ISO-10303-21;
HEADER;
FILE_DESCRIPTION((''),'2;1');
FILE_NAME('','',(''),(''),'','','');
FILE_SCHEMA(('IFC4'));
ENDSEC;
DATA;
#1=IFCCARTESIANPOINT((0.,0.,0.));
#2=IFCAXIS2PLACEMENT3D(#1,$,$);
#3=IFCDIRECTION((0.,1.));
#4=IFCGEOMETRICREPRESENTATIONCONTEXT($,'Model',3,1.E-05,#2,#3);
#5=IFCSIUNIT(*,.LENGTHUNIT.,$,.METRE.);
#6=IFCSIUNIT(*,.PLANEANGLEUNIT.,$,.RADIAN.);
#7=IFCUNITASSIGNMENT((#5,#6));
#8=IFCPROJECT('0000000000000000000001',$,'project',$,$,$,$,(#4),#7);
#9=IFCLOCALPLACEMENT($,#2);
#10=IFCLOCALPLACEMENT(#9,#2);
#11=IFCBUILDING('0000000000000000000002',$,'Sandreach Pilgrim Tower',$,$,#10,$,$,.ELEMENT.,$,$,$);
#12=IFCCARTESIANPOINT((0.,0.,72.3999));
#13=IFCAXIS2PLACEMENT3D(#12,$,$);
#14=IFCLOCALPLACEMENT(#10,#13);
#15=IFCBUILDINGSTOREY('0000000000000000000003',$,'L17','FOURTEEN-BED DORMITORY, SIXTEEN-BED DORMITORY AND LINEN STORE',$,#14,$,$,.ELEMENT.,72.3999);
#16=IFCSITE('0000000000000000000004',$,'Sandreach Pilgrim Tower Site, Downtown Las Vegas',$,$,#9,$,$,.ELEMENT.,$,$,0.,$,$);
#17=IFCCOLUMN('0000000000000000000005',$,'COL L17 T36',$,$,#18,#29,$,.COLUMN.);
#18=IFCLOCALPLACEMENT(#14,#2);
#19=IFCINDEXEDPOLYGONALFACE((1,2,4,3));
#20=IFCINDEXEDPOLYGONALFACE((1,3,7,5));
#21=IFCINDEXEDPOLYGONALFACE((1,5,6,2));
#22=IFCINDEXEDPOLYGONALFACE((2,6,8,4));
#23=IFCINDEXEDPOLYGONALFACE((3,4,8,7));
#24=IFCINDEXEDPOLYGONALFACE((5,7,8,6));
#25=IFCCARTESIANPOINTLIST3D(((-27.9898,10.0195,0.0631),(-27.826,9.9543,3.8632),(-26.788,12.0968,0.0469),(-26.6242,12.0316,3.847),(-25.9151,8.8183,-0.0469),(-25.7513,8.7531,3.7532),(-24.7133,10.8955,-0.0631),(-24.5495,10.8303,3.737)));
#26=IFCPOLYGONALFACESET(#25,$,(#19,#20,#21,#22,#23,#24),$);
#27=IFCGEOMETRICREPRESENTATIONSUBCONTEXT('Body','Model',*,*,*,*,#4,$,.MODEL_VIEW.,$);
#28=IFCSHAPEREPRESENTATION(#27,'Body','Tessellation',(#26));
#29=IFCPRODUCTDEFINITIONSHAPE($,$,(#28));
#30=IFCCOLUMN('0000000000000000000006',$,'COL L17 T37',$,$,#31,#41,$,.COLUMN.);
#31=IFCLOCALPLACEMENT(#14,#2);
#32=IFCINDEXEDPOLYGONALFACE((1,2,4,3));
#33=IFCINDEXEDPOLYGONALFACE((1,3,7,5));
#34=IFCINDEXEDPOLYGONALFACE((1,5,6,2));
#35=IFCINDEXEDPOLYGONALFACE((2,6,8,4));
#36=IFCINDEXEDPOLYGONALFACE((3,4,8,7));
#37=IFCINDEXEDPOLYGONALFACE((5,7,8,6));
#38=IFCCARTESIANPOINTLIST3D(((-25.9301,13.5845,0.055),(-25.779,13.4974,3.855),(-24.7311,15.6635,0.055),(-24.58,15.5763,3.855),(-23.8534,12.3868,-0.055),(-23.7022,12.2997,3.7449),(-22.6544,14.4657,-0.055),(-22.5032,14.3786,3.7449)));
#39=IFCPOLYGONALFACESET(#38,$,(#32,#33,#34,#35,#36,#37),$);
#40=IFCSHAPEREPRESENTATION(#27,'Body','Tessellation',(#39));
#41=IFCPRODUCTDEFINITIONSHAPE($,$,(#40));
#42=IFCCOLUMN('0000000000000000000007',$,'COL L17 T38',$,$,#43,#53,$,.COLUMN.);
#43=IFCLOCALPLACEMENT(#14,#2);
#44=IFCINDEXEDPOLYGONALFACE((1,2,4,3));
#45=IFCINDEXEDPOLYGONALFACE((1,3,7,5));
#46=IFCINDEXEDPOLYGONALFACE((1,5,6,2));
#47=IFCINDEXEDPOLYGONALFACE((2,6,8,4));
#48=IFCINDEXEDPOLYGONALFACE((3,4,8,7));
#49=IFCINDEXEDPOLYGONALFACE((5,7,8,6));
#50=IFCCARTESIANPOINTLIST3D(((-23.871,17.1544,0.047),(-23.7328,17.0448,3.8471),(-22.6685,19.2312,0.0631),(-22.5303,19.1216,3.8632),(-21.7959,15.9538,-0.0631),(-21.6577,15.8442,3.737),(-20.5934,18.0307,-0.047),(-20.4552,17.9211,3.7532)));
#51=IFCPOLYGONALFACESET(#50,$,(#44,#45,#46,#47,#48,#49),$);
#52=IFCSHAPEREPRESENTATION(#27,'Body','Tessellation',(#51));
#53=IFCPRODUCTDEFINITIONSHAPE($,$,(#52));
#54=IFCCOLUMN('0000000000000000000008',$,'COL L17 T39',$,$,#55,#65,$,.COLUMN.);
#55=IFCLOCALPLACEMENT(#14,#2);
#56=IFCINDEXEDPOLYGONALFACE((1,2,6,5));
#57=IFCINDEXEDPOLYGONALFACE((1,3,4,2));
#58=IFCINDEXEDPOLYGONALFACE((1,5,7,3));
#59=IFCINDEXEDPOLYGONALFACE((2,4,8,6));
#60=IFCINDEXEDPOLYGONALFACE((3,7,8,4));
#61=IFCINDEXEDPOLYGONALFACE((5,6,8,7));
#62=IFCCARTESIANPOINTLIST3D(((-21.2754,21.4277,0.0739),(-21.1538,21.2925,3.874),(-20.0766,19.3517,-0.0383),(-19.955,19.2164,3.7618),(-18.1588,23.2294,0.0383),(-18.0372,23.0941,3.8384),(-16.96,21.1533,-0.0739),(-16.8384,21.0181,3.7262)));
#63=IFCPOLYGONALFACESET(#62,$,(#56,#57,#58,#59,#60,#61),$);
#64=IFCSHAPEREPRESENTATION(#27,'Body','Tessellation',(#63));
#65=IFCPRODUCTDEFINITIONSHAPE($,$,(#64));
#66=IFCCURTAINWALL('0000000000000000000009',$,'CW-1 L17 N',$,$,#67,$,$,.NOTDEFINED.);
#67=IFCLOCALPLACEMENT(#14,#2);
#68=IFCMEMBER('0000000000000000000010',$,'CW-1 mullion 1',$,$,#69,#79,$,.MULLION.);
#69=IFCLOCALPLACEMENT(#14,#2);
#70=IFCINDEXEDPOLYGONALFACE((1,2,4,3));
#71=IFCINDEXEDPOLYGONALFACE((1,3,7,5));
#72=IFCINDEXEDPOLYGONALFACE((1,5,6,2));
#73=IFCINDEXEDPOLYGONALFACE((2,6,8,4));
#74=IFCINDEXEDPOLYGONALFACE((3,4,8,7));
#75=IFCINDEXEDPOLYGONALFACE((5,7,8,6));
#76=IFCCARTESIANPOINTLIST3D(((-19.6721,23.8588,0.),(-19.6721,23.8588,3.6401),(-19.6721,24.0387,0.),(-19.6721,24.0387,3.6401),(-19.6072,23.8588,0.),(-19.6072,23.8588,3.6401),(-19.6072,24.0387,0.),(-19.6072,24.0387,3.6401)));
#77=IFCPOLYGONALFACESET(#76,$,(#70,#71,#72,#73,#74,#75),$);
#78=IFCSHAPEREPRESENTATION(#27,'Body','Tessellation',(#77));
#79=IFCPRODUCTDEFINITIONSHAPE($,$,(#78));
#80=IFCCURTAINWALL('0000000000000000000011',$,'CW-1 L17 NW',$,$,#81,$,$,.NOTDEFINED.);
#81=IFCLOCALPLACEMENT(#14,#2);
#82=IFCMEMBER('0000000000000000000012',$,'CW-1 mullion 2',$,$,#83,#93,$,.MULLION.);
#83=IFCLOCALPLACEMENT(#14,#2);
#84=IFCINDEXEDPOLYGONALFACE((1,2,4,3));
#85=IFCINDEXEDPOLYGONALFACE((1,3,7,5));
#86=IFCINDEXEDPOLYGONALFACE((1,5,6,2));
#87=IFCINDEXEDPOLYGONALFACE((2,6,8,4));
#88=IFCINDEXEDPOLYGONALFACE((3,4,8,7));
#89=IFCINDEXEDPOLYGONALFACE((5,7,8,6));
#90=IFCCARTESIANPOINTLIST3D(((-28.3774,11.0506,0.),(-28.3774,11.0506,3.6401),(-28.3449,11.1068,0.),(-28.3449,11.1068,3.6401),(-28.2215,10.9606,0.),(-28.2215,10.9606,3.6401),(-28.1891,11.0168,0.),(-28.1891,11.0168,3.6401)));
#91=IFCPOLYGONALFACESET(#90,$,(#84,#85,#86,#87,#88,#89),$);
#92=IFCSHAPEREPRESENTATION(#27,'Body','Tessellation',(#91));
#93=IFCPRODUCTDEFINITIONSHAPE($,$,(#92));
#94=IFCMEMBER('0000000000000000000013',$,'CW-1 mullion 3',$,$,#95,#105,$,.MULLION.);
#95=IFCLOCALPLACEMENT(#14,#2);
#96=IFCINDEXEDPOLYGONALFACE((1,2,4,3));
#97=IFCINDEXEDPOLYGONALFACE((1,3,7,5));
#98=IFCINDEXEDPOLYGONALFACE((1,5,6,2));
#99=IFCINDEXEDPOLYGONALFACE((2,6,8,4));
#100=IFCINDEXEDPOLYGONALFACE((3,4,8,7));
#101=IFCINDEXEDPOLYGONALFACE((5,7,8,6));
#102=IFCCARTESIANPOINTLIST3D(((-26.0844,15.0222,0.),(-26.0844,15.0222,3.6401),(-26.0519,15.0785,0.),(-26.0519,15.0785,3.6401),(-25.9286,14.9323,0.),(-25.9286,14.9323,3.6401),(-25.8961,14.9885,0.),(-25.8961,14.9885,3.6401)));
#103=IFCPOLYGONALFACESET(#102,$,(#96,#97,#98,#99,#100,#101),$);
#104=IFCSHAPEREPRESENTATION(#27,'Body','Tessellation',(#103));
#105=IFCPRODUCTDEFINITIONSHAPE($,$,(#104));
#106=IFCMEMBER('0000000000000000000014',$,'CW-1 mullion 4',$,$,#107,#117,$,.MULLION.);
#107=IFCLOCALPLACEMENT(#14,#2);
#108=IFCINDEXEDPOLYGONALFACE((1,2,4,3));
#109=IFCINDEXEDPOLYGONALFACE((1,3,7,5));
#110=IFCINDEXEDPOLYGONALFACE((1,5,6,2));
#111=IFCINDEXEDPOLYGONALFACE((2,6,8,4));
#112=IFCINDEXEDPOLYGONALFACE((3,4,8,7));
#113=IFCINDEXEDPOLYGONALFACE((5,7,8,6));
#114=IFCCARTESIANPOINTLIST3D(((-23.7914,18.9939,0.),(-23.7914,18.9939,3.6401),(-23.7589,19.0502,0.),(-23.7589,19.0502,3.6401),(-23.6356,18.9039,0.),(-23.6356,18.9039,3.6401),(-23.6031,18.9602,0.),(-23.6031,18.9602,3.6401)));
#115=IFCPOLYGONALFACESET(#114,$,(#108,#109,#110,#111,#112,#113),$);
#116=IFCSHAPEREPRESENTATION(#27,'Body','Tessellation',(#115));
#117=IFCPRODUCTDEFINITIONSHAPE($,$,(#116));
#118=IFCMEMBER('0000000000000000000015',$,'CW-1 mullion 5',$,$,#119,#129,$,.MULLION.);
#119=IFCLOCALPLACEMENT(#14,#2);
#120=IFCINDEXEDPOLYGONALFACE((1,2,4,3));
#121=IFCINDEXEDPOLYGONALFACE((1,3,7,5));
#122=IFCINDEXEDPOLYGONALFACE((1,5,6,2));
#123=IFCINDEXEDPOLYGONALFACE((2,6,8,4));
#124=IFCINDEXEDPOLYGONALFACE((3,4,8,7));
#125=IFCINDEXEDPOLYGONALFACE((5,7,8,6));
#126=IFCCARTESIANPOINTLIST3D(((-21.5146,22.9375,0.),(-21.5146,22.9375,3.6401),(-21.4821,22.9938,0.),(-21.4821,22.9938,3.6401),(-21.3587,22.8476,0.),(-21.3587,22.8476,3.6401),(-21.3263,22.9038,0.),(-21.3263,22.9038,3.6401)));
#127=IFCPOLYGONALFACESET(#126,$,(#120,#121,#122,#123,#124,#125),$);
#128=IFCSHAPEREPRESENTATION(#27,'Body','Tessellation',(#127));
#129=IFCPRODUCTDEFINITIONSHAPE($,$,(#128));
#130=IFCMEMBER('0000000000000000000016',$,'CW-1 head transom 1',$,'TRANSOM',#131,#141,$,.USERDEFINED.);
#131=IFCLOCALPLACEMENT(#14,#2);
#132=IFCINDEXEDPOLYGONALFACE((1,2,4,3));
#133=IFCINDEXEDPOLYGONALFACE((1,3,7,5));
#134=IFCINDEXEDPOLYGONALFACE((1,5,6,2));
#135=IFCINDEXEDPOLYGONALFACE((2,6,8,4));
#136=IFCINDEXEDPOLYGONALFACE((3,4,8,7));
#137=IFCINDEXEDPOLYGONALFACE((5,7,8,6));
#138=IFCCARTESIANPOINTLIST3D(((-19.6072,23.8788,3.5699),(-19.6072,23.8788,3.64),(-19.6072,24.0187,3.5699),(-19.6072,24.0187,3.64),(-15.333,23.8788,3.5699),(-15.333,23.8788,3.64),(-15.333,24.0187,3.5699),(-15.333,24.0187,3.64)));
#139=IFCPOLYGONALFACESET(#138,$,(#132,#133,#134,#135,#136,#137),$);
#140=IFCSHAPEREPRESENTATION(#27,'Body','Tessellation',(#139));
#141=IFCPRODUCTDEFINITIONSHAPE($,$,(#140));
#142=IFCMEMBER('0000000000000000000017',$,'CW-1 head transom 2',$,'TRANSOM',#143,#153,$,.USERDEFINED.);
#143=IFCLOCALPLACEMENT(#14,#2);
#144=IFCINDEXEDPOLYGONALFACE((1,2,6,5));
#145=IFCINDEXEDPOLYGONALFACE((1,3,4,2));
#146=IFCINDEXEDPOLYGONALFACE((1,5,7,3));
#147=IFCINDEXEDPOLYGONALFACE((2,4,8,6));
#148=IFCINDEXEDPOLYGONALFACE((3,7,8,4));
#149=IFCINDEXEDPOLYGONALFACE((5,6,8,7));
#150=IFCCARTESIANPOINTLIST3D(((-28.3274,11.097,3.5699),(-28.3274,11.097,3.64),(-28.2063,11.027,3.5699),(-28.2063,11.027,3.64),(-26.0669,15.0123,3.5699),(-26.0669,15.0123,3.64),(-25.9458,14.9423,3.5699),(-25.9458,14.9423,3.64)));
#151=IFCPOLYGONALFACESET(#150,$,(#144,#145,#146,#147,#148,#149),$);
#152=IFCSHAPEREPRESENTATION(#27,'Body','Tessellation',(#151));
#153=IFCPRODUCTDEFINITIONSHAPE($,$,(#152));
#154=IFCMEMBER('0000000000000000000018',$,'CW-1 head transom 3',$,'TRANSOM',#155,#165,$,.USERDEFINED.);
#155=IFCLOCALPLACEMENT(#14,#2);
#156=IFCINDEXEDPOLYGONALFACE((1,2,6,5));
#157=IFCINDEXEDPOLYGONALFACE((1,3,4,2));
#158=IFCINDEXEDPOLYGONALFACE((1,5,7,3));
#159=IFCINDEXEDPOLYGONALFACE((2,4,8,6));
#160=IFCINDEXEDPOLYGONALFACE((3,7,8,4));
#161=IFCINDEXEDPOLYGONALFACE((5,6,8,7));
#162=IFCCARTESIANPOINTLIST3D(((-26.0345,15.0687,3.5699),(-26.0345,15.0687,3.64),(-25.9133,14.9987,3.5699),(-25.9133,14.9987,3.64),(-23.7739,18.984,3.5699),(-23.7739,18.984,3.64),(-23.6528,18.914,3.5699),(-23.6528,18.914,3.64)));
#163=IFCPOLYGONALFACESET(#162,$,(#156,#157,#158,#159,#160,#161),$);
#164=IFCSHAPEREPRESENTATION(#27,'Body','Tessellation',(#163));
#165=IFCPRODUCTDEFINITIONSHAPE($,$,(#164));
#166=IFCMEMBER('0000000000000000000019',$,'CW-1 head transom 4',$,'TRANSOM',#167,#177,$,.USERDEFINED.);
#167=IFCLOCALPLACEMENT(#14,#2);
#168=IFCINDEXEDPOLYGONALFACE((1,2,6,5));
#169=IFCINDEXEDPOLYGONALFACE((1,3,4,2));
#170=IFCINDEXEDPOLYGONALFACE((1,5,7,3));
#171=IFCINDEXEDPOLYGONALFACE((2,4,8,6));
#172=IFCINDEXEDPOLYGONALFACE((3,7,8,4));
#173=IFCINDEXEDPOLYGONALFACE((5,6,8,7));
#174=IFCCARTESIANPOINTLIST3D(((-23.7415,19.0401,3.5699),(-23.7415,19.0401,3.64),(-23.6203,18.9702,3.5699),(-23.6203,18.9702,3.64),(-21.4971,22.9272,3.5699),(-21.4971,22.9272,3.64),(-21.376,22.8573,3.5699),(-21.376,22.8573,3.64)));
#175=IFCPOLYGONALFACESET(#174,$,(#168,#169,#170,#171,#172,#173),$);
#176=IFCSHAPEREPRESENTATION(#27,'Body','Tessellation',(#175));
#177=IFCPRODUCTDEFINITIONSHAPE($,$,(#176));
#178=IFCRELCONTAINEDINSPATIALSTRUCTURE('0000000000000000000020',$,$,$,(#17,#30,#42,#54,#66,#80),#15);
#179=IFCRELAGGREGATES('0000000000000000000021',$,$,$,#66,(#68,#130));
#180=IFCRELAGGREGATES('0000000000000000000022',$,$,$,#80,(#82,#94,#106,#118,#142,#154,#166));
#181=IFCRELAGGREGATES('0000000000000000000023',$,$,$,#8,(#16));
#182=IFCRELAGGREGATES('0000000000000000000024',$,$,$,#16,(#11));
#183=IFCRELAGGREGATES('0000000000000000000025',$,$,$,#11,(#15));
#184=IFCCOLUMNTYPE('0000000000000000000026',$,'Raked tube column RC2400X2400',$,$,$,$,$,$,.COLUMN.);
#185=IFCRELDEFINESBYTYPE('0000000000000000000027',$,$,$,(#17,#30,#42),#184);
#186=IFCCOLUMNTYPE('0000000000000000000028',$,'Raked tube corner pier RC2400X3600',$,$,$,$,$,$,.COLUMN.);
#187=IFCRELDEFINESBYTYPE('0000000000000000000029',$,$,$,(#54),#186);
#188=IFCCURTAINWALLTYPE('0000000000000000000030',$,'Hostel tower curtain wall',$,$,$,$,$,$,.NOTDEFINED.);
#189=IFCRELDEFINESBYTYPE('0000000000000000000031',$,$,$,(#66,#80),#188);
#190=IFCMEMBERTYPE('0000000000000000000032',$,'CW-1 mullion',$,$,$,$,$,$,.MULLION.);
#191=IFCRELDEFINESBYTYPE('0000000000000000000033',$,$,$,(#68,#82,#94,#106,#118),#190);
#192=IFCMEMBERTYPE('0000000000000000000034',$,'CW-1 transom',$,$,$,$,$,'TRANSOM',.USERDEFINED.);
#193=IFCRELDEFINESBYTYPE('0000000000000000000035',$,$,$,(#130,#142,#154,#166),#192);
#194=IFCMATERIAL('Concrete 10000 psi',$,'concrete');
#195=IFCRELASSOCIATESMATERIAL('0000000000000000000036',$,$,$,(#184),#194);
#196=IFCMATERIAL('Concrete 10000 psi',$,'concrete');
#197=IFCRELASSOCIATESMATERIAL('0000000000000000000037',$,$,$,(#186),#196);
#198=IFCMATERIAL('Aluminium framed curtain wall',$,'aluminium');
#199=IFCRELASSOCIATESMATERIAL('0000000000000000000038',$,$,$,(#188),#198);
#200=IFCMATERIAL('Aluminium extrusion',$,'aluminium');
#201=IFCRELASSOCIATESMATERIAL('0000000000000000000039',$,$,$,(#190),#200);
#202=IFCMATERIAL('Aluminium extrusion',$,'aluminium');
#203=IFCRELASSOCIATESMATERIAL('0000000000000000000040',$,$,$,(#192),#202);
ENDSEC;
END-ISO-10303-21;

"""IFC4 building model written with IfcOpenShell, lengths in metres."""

from ifc_helpers import new_model, si_unit, direction, frame, origin, origin_2d, place, context, subcontext, project, spatial, rectangle, extrude, material, material_profile, profile_set, type_object, element, aggregate, save


model = new_model("IFC4")

# Units and contexts
model_context = context("Model", 3, precision=1e-05, world=origin(), true_north=direction((0.0, 1.0)))
body_context = subcontext(model_context, "Body", "Model", "MODEL_VIEW")
ifc_project = project(units=[si_unit("LENGTHUNIT", "METRE"), si_unit("PLANEANGLEUNIT", "RADIAN")], contexts=[model_context])

# Site, building, storey
site_placement = place(None, origin())
site = spatial("IfcSite", under=ifc_project, at=site_placement, Name="Sandreach Pilgrim Tower Site, Downtown Las Vegas", CompositionType="ELEMENT", RefElevation=0.0)
building_placement = place(site_placement, origin())
building = spatial("IfcBuilding", under=site, at=building_placement, Name="Sandreach Pilgrim Tower", CompositionType="ELEMENT")
storey_placement = place(building_placement, frame((0.0, 0.0, 72.3999)))
storey = spatial("IfcBuildingStorey", under=building, at=storey_placement, Name="L17", Description="FOURTEEN-BED DORMITORY, SIXTEEN-BED DORMITORY AND LINEN STORE", CompositionType="ELEMENT", Elevation=72.3999)

# Columns
ifc_material_1 = material(Name="Concrete 10000 psi", Category="concrete")
ifc_material_profile_1 = material_profile(ifc_material_1, rectangle(XDim=2.3999, YDim=2.3999, at=origin_2d()), Name="RC2400X2400")
ifc_profile_set_1 = profile_set([ifc_material_profile_1], Name="Concrete 10000 psi")
column_type_1 = type_object("IfcColumnType", Name="Raked tube column RC2400X2400", PredefinedType="COLUMN", material=ifc_profile_set_1)
column_1_placement = place(storey_placement, frame((-26.3516, 10.4575, 0.0), z_axis=(0.043063, -0.017135, 0.998925), x_axis=(-0.864498, 0.500541, 0.045854)))
element("IfcColumn", 1, at=column_1_placement, inside=storey, type_object=column_type_1, Name="COL L17 T36", PredefinedType="COLUMN", context=body_context, shape_type="SweptSolid", body=[
    extrude(rectangle(XDim=2.3999, YDim=2.3999, at=origin_2d()), origin(), (0.0, 0.0, 1.0), 3.8042),
])
column_2_placement = place(storey_placement, frame((-24.2922, 14.0251, 0.0), z_axis=(0.039727, -0.022912, 0.998948), x_axis=(-0.865344, 0.499076, 0.04586)))
element("IfcColumn", 2, at=column_2_placement, inside=storey, type_object=column_type_1, Name="COL L17 T37", PredefinedType="COLUMN", context=body_context, shape_type="SweptSolid", body=[
    extrude(rectangle(XDim=2.3999, YDim=2.3999, at=origin_2d()), origin(), (0.0, 0.0, 1.0), 3.804),
])
column_3_placement = place(storey_placement, frame((-22.2322, 17.5925, 0.0), z_axis=(0.036325, -0.028816, 0.998925), x_axis=(-0.864659, 0.50026, 0.045873)))
element("IfcColumn", 3, at=column_3_placement, inside=storey, type_object=column_type_1, Name="COL L17 T38", PredefinedType="COLUMN", context=body_context, shape_type="SweptSolid", body=[
    extrude(rectangle(XDim=2.3999, YDim=2.3999, at=origin_2d()), origin(), (0.0, 0.0, 1.0), 3.8042),
])
ifc_material_2 = material(Name="Concrete 10000 psi", Category="concrete")
ifc_material_profile_2 = material_profile(ifc_material_2, rectangle(XDim=2.3999, YDim=3.6001, at=origin_2d()), Name="RC2400X3600")
ifc_profile_set_2 = profile_set([ifc_material_profile_2], Name="Concrete 10000 psi")
column_type_2 = type_object("IfcColumnType", Name="Raked tube corner pier RC2400X3600", PredefinedType="COLUMN", material=ifc_profile_set_2)
column_4_placement = place(storey_placement, frame((-19.1177, 21.2905, 0.0), z_axis=(0.031958, -0.035552, 0.998857), x_axis=(-0.49952, 0.865039, 0.046771)))
element("IfcColumn", 4, at=column_4_placement, inside=storey, type_object=column_type_2, Name="COL L17 T39", PredefinedType="COLUMN", context=body_context, shape_type="SweptSolid", body=[
    extrude(rectangle(XDim=2.3999, YDim=3.6001, at=origin_2d()), origin(), (0.0, 0.0, 1.0), 3.8044),
])

# Curtain wall, member
ifc_material_3 = material(Name="Aluminium framed curtain wall", Category="aluminium")
curtain_wall_type = type_object("IfcCurtainWallType", Name="Hostel tower curtain wall", PredefinedType="NOTDEFINED", material=ifc_material_3)
curtain_wall_1_placement = place(storey_placement, origin())
curtain_wall_1 = element("IfcCurtainWall", 5, at=curtain_wall_1_placement, inside=storey, type_object=curtain_wall_type, Name="CW-1 L17 N", PredefinedType="NOTDEFINED")
ifc_material_4 = material(Name="Aluminium extrusion", Category="aluminium")
ifc_material_profile_3 = material_profile(ifc_material_4, rectangle(XDim=0.0649, YDim=0.1799, at=origin_2d()), Name="CW-1M 65X180")
ifc_profile_set_3 = profile_set([ifc_material_profile_3], Name="Aluminium extrusion")
member_type_1 = type_object("IfcMemberType", Name="CW-1 mullion", PredefinedType="MULLION", material=ifc_profile_set_3)
member_1_placement = place(storey_placement, frame((-19.6396, 23.9487, 0.0), z_axis=(0.0, 0.0, 1.0), x_axis=(1.0, 0.0, 0.0)))
member_1 = element("IfcMember", 6, at=member_1_placement, type_object=member_type_1, Name="CW-1 mullion 1", PredefinedType="MULLION", context=body_context, shape_type="SweptSolid", body=[
    extrude(rectangle(XDim=0.0649, YDim=0.1799, at=origin_2d()), origin(), (0.0, 0.0, 1.0), 3.6401),
])

# Curtain wall, members
curtain_wall_2_placement = place(storey_placement, origin())
curtain_wall_2 = element("IfcCurtainWall", 7, at=curtain_wall_2_placement, inside=storey, type_object=curtain_wall_type, Name="CW-1 L17 NW", PredefinedType="NOTDEFINED")
member_2_placement = place(storey_placement, frame((-28.2832, 11.0337, 0.0), z_axis=(0.0, 0.0, 1.0), x_axis=(0.5, 0.866025, 0.0)))
member_2 = element("IfcMember", 8, at=member_2_placement, type_object=member_type_1, Name="CW-1 mullion 2", PredefinedType="MULLION", context=body_context, shape_type="SweptSolid", body=[
    extrude(rectangle(XDim=0.0649, YDim=0.1799, at=origin_2d()), origin(), (0.0, 0.0, 1.0), 3.6401),
])
member_3_placement = place(storey_placement, frame((-25.9902, 15.0054, 0.0), z_axis=(0.0, 0.0, 1.0), x_axis=(0.5, 0.866025, 0.0)))
member_3 = element("IfcMember", 9, at=member_3_placement, type_object=member_type_1, Name="CW-1 mullion 3", PredefinedType="MULLION", context=body_context, shape_type="SweptSolid", body=[
    extrude(rectangle(XDim=0.0649, YDim=0.1799, at=origin_2d()), origin(), (0.0, 0.0, 1.0), 3.6401),
])
member_4_placement = place(storey_placement, frame((-23.6973, 18.9771, 0.0), z_axis=(0.0, 0.0, 1.0), x_axis=(0.5, 0.866025, 0.0)))
member_4 = element("IfcMember", 10, at=member_4_placement, type_object=member_type_1, Name="CW-1 mullion 4", PredefinedType="MULLION", context=body_context, shape_type="SweptSolid", body=[
    extrude(rectangle(XDim=0.0649, YDim=0.1799, at=origin_2d()), origin(), (0.0, 0.0, 1.0), 3.6401),
])
member_5_placement = place(storey_placement, frame((-21.4204, 22.9207, 0.0), z_axis=(0.0, 0.0, 1.0), x_axis=(0.5, 0.866025, 0.0)))
member_5 = element("IfcMember", 11, at=member_5_placement, type_object=member_type_1, Name="CW-1 mullion 5", PredefinedType="MULLION", context=body_context, shape_type="SweptSolid", body=[
    extrude(rectangle(XDim=0.0649, YDim=0.1799, at=origin_2d()), origin(), (0.0, 0.0, 1.0), 3.6401),
])

# Members
ifc_material_5 = material(Name="Aluminium extrusion", Category="aluminium")
ifc_material_profile_4 = material_profile(ifc_material_5, rectangle(XDim=0.1399, YDim=0.0701, at=origin_2d()), Name="CW-1T 140X70")
ifc_profile_set_4 = profile_set([ifc_material_profile_4], Name="Aluminium extrusion")
member_type_2 = type_object("IfcMemberType", Name="CW-1 transom", ElementType="TRANSOM", PredefinedType="USERDEFINED", material=ifc_profile_set_4)
member_6_placement = place(storey_placement, frame((-19.6072, 23.9487, 3.605), z_axis=(1.0, 0.0, 0.0), x_axis=(0.0, 1.0, 0.0)))
member_6 = element("IfcMember", 12, at=member_6_placement, type_object=member_type_2, Name="CW-1 head transom 1", ObjectType="TRANSOM", PredefinedType="USERDEFINED", context=body_context, shape_type="SweptSolid", body=[
    extrude(rectangle(XDim=0.1399, YDim=0.0701, at=origin_2d()), origin(), (0.0, 0.0, 1.0), 4.2742),
])
aggregate(curtain_wall_1, [member_1, member_6])
member_7_placement = place(storey_placement, frame((-28.2668, 11.062, 3.605), z_axis=(0.500001, 0.866025, 0.0), x_axis=(-0.866025, 0.500001, 0.0)))
member_7 = element("IfcMember", 13, at=member_7_placement, type_object=member_type_2, Name="CW-1 head transom 2", ObjectType="TRANSOM", PredefinedType="USERDEFINED", context=body_context, shape_type="SweptSolid", body=[
    extrude(rectangle(XDim=0.1399, YDim=0.0701, at=origin_2d()), origin(), (0.0, 0.0, 1.0), 4.521),
])
member_8_placement = place(storey_placement, frame((-25.9739, 15.0337, 3.605), z_axis=(0.500001, 0.866025, 0.0), x_axis=(-0.866025, 0.500001, 0.0)))
member_8 = element("IfcMember", 14, at=member_8_placement, type_object=member_type_2, Name="CW-1 head transom 3", ObjectType="TRANSOM", PredefinedType="USERDEFINED", context=body_context, shape_type="SweptSolid", body=[
    extrude(rectangle(XDim=0.1399, YDim=0.0701, at=origin_2d()), origin(), (0.0, 0.0, 1.0), 4.521),
])
member_9_placement = place(storey_placement, frame((-23.6809, 19.0051, 3.605), z_axis=(0.500018, 0.866015, 0.0), x_axis=(-0.866015, 0.500018, 0.0)))
member_9 = element("IfcMember", 15, at=member_9_placement, type_object=member_type_2, Name="CW-1 head transom 4", ObjectType="TRANSOM", PredefinedType="USERDEFINED", context=body_context, shape_type="SweptSolid", body=[
    extrude(rectangle(XDim=0.1399, YDim=0.0701, at=origin_2d()), origin(), (0.0, 0.0, 1.0), 4.4885),
])

aggregate(curtain_wall_2, [member_2, member_3, member_4, member_5, member_7, member_8, member_9])

save(model, "model.ifc")
